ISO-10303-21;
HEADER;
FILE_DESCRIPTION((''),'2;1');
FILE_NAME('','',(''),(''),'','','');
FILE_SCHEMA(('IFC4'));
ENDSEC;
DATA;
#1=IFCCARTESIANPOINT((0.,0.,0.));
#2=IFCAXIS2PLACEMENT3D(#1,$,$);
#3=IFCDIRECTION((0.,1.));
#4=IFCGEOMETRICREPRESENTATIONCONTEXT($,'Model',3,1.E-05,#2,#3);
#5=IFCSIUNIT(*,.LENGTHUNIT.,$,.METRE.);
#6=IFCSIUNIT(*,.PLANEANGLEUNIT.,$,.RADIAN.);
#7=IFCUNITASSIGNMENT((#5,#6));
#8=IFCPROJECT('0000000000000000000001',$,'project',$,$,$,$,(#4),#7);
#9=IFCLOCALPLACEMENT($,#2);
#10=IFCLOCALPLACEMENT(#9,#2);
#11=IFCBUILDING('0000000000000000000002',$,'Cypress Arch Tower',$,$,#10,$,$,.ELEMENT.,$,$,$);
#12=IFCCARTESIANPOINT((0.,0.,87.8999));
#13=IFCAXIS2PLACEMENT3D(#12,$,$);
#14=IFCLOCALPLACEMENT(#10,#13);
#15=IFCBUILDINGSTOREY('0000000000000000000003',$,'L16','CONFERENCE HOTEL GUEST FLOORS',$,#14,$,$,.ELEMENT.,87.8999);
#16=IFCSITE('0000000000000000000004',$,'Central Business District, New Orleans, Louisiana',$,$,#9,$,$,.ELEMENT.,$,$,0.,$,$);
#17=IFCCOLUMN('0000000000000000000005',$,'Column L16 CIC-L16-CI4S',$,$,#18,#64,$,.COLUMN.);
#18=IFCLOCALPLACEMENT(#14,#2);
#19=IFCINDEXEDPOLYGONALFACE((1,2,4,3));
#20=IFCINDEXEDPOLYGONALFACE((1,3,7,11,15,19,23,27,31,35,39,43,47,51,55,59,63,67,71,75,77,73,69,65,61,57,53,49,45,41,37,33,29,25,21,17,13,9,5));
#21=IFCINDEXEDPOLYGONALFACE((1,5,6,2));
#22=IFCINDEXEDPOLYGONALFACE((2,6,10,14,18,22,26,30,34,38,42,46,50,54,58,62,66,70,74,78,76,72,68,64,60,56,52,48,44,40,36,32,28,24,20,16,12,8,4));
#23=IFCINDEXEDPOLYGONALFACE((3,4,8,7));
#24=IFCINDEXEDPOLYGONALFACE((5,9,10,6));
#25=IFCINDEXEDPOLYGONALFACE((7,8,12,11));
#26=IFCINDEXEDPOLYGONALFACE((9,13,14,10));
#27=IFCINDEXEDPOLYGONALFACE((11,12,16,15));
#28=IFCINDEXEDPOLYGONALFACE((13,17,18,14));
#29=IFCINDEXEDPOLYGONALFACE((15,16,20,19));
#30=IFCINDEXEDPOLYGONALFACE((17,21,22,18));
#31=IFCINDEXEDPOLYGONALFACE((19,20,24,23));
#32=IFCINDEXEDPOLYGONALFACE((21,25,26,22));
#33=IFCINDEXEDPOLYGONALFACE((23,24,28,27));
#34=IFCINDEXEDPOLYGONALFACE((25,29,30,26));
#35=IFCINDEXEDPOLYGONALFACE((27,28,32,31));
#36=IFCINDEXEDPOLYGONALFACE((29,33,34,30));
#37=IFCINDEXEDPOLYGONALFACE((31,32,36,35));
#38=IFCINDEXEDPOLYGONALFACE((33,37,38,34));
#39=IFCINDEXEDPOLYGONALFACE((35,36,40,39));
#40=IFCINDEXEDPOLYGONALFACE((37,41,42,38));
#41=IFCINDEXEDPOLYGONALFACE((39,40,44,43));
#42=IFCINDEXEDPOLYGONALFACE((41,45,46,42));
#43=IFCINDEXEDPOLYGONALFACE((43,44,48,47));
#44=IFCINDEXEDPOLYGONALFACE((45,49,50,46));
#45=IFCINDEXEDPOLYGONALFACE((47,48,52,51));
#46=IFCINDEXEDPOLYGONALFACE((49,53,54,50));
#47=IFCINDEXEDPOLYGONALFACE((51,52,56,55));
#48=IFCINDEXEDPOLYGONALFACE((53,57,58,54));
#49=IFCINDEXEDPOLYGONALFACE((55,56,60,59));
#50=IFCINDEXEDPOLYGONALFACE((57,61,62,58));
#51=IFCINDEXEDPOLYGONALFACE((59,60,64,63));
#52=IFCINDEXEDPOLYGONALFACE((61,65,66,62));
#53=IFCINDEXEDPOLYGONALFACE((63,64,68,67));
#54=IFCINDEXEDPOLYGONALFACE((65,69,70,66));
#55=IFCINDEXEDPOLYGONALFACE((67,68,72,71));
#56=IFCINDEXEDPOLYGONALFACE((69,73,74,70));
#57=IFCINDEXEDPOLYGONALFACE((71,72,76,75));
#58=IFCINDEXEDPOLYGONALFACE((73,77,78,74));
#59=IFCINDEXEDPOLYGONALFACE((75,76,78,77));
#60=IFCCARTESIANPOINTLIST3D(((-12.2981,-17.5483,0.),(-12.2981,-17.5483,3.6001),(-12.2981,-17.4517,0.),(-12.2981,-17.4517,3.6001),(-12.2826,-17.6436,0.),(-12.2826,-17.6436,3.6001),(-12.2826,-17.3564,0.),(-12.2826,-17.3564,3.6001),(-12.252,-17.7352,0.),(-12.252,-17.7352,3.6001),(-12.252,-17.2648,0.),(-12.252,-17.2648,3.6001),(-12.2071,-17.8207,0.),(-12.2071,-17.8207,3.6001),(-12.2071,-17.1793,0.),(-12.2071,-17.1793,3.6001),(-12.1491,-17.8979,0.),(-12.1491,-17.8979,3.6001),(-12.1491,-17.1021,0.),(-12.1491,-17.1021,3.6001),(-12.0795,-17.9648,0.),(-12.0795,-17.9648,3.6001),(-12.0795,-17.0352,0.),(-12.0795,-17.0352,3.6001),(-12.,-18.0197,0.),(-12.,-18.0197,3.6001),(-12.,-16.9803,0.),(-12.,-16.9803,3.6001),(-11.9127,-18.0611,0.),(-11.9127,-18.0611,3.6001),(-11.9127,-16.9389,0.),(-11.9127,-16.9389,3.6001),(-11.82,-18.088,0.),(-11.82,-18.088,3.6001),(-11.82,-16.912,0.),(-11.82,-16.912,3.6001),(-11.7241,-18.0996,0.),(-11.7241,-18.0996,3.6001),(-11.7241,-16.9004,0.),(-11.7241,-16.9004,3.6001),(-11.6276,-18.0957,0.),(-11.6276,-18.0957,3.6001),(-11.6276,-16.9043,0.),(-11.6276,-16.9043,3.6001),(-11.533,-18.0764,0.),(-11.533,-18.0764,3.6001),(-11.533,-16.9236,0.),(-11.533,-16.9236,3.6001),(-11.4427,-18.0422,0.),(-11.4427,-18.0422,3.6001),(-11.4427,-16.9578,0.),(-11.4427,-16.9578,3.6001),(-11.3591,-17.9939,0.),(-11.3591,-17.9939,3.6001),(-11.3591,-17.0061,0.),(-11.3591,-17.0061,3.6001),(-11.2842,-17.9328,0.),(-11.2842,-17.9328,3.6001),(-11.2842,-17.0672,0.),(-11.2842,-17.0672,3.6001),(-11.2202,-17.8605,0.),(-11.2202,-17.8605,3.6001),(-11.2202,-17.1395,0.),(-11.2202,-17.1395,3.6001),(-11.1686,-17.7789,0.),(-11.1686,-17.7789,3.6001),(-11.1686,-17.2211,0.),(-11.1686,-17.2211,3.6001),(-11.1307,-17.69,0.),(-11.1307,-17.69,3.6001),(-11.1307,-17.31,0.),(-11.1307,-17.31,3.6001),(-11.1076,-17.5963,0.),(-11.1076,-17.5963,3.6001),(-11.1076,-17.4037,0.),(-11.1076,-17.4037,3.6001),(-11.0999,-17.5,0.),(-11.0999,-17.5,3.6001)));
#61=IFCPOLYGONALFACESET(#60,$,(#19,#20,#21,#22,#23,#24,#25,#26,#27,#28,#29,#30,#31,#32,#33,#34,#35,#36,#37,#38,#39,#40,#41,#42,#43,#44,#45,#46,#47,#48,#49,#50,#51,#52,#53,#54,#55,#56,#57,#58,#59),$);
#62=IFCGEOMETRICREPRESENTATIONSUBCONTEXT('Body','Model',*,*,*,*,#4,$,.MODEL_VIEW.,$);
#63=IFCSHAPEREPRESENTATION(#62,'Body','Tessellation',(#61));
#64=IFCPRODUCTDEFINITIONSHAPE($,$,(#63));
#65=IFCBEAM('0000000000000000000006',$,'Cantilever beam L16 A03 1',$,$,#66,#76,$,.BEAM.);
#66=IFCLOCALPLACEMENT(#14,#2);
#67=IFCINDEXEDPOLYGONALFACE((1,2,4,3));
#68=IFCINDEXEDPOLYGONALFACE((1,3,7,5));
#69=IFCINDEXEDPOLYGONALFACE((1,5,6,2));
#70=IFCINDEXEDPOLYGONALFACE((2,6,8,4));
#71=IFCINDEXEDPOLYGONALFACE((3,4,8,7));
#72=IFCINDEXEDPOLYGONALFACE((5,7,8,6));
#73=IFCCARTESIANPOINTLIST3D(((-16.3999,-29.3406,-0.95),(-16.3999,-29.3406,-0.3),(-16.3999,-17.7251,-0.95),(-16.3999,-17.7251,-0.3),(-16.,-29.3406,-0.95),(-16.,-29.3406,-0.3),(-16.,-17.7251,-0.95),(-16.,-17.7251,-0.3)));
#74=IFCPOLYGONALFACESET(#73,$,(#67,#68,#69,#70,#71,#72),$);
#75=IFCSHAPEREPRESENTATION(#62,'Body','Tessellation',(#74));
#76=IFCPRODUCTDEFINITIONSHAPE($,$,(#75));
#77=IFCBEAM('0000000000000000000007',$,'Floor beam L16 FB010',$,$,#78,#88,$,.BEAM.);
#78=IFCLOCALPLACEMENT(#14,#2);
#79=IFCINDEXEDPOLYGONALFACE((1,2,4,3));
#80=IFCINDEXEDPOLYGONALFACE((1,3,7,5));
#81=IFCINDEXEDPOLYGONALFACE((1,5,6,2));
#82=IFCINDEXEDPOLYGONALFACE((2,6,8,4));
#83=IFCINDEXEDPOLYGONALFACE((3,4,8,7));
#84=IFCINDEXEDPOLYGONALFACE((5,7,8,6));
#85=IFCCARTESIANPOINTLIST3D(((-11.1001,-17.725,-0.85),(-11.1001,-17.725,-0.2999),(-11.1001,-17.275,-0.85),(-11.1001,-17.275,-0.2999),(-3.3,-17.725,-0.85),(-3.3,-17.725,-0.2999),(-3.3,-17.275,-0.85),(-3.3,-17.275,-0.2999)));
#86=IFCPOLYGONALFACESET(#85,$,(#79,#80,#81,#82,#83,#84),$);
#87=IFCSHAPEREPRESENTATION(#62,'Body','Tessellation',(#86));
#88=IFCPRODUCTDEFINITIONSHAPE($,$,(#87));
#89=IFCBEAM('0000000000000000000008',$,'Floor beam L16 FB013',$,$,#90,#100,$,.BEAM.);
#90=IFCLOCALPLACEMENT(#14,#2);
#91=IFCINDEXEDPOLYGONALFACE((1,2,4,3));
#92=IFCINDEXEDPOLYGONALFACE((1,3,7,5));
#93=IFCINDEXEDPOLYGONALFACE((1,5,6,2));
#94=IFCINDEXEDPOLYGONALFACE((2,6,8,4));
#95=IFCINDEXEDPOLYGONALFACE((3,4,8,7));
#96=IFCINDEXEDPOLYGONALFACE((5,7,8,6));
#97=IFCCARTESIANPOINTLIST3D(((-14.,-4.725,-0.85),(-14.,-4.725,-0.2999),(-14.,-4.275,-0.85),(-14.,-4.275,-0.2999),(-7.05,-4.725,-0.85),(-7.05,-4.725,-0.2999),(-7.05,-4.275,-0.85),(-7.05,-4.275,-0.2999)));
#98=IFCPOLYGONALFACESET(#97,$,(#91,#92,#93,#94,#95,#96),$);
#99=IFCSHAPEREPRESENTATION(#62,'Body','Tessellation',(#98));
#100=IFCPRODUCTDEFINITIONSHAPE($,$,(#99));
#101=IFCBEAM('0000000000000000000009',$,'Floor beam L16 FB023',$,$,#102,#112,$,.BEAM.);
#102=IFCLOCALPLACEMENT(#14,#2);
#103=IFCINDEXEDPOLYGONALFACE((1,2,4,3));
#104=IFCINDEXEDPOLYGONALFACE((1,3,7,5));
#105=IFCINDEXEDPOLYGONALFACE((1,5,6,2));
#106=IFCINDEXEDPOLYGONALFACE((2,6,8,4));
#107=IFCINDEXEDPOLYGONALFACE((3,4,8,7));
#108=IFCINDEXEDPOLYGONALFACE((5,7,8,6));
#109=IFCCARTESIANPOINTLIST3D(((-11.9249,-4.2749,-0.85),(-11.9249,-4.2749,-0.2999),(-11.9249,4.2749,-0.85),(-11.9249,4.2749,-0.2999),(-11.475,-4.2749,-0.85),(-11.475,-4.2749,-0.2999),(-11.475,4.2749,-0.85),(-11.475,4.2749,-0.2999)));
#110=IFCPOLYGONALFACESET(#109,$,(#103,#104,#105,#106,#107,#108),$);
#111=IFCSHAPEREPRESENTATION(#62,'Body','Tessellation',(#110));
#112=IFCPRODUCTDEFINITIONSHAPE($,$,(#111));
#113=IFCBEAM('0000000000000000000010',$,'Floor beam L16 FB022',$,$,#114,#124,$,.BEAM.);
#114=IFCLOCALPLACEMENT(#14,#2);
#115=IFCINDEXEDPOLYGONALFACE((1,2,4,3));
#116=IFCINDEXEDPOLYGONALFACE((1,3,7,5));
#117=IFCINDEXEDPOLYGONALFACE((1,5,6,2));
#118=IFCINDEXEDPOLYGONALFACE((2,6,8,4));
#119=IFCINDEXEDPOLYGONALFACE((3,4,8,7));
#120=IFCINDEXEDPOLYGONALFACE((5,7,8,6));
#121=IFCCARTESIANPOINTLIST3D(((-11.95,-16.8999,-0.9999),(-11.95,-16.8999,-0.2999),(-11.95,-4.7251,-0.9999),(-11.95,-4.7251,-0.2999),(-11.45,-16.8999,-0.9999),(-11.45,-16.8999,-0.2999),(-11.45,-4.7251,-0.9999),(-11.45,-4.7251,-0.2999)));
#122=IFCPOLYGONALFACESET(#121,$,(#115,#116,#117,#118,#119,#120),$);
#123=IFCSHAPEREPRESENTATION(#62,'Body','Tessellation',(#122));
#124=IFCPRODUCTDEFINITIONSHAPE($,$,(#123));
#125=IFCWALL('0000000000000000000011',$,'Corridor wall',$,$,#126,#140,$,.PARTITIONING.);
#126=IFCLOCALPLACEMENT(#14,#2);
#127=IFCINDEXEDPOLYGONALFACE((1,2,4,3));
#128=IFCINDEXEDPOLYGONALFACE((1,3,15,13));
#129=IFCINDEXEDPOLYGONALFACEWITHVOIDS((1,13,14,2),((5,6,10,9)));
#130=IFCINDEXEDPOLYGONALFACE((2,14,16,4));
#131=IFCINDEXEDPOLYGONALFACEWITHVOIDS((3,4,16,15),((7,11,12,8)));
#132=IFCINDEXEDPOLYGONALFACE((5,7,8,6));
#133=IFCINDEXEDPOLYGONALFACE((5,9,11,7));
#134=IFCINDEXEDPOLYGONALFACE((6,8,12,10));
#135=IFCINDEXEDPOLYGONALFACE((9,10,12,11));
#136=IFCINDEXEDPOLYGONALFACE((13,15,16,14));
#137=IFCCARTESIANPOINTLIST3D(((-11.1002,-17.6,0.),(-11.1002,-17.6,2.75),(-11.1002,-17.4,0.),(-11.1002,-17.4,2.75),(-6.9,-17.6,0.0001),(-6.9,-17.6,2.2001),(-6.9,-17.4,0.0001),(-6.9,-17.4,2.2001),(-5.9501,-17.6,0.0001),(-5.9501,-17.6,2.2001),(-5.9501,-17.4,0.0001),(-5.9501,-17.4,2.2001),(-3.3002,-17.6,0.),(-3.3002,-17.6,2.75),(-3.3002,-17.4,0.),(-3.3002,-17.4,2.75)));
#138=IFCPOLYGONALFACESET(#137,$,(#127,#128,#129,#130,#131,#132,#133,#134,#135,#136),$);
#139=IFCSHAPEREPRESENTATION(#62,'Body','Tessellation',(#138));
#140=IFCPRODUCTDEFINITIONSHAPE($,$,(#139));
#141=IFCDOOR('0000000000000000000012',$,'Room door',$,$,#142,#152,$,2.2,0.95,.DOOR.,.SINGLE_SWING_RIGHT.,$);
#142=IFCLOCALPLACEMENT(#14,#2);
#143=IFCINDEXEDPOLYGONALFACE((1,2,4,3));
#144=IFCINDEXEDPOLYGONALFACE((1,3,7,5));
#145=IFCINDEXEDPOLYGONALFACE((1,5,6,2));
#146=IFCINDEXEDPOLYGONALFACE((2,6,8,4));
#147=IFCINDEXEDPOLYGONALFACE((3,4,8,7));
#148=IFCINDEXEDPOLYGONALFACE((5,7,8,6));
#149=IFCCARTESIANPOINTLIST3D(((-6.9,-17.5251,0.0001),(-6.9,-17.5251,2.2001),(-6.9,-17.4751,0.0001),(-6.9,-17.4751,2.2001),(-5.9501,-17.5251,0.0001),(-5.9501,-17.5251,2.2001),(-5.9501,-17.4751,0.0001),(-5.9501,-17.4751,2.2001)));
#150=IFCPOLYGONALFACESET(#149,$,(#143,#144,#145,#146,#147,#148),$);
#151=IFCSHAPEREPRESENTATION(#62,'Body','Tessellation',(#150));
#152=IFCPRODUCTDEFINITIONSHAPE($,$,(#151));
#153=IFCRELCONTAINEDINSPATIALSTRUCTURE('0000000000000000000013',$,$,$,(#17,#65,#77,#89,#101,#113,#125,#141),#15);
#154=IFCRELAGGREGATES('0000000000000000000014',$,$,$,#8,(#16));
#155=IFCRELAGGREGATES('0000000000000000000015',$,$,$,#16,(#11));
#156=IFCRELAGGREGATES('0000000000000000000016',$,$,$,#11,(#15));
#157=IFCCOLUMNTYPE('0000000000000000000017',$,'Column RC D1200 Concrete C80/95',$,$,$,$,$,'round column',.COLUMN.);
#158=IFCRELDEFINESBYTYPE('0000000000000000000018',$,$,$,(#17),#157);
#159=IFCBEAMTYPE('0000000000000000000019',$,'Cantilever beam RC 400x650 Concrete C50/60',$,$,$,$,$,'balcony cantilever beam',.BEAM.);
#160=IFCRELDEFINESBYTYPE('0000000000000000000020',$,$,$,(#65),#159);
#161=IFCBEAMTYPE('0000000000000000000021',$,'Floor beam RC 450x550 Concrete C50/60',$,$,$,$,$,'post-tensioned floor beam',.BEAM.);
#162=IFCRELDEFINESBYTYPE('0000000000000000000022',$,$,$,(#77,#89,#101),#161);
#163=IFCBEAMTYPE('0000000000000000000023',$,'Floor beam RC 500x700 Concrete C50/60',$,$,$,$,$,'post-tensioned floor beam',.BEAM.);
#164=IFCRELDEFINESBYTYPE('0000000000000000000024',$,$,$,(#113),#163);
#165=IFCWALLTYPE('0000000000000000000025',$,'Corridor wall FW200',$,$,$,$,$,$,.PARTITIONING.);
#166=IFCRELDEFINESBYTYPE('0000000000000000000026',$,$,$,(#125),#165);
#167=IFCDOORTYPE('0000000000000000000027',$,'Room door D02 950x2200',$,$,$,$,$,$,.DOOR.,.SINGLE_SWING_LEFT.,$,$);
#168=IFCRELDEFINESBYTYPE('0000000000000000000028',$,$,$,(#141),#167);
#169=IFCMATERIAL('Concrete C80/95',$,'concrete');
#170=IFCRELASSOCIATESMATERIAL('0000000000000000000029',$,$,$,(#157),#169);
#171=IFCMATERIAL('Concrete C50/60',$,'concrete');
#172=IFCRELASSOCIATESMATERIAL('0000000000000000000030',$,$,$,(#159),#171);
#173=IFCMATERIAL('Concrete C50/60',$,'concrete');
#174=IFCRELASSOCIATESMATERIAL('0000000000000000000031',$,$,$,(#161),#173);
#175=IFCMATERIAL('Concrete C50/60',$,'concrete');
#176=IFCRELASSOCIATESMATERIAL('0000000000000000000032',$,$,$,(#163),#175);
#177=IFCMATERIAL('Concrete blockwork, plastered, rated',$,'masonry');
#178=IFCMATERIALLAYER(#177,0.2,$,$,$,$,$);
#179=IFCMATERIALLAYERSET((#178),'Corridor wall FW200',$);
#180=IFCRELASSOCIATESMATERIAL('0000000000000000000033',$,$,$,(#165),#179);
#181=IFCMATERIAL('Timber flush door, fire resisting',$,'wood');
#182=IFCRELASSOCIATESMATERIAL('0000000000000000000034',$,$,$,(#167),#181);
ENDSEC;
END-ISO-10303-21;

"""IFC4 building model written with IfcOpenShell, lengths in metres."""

from ifc_helpers import new_model, si_unit, direction, frame, frame_2d, origin, origin_2d, place, context, subcontext, project, spatial, rectangle, circle, extrude, material, layer, layer_set, material_profile, profile_set, type_object, element, fill, save


model = new_model("IFC4")

# Units and contexts
model_context = context("Model", 3, precision=1e-05, world=origin(), true_north=direction((0.0, 1.0)))
body_context = subcontext(model_context, "Body", "Model", "MODEL_VIEW")
ifc_project = project(units=[si_unit("LENGTHUNIT", "METRE"), si_unit("PLANEANGLEUNIT", "RADIAN")], contexts=[model_context])

# Site, building, storey
site_placement = place(None, origin())
site = spatial("IfcSite", under=ifc_project, at=site_placement, Name="Central Business District, New Orleans, Louisiana", CompositionType="ELEMENT", RefElevation=0.0)
building_placement = place(site_placement, origin())
building = spatial("IfcBuilding", under=site, at=building_placement, Name="Cypress Arch Tower", CompositionType="ELEMENT")
storey_placement = place(building_placement, frame((0.0, 0.0, 87.8999)))
storey = spatial("IfcBuildingStorey", under=building, at=storey_placement, Name="L16", Description="CONFERENCE HOTEL GUEST FLOORS", CompositionType="ELEMENT", Elevation=87.8999)

# Column
ifc_material_1 = material(Name="Concrete C80/95", Category="concrete")
ifc_material_profile_1 = material_profile(ifc_material_1, circle(Radius=0.6001, at=origin_2d()), Name="RC D1200")
ifc_profile_set_1 = profile_set([ifc_material_profile_1], Name="Concrete C80/95")
column_type = type_object("IfcColumnType", Name="Column RC D1200 Concrete C80/95", ElementType="round column", PredefinedType="COLUMN", material=ifc_profile_set_1)
column_placement = place(storey_placement, frame((-11.7, -17.5, 0.0), z_axis=(0.0, 0.0, 1.0), x_axis=(1.0, 0.0, 0.0)))
element("IfcColumn", 1, at=column_placement, inside=storey, type_object=column_type, Name="Column L16 CIC-L16-CI4S", PredefinedType="COLUMN", context=body_context, shape_type="SweptSolid", body=[
    extrude(circle(Radius=0.6001, at=origin_2d()), origin(), (0.0, 0.0, 1.0), 3.6001),
])

# Beams
ifc_material_2 = material(Name="Concrete C50/60", Category="concrete")
ifc_material_profile_2 = material_profile(ifc_material_2, rectangle(XDim=0.3999, YDim=0.6499, at=origin_2d()), Name="RC 400x650")
ifc_profile_set_2 = profile_set([ifc_material_profile_2], Name="Concrete C50/60")
beam_type_1 = type_object("IfcBeamType", Name="Cantilever beam RC 400x650 Concrete C50/60", ElementType="balcony cantilever beam", PredefinedType="BEAM", material=ifc_profile_set_2)
beam_1_placement = place(storey_placement, frame((-16.2, -17.7251, -0.625), z_axis=(0.0, -1.0, 0.0), x_axis=(1.0, 0.0, 0.0)))
element("IfcBeam", 2, at=beam_1_placement, inside=storey, type_object=beam_type_1, Name="Cantilever beam L16 A03 1", PredefinedType="BEAM", context=body_context, shape_type="SweptSolid", body=[
    extrude(rectangle(XDim=0.3999, YDim=0.6499, at=origin_2d()), origin(), (0.0, 0.0, 1.0), 11.6155),
])
ifc_material_3 = material(Name="Concrete C50/60", Category="concrete")
ifc_material_profile_3 = material_profile(ifc_material_3, rectangle(XDim=0.45, YDim=0.55, at=origin_2d()), Name="RC 450x550")
ifc_profile_set_3 = profile_set([ifc_material_profile_3], Name="Concrete C50/60")
beam_type_2 = type_object("IfcBeamType", Name="Floor beam RC 450x550 Concrete C50/60", ElementType="post-tensioned floor beam", PredefinedType="BEAM", material=ifc_profile_set_3)
beam_2_placement = place(storey_placement, frame((-11.1001, -17.5, -0.575), z_axis=(1.0, 0.0, 0.0), x_axis=(0.0, 1.0, 0.0)))
element("IfcBeam", 3, at=beam_2_placement, inside=storey, type_object=beam_type_2, Name="Floor beam L16 FB010", PredefinedType="BEAM", context=body_context, shape_type="SweptSolid", body=[
    extrude(rectangle(XDim=0.45, YDim=0.55, at=origin_2d()), origin(), (0.0, 0.0, 1.0), 7.8),
])
beam_3_placement = place(storey_placement, frame((-14.0, -4.5, -0.575), z_axis=(1.0, 0.0, 0.0), x_axis=(0.0, 1.0, 0.0)))
element("IfcBeam", 4, at=beam_3_placement, inside=storey, type_object=beam_type_2, Name="Floor beam L16 FB013", PredefinedType="BEAM", context=body_context, shape_type="SweptSolid", body=[
    extrude(rectangle(XDim=0.45, YDim=0.55, at=origin_2d()), origin(), (0.0, 0.0, 1.0), 6.95),
])
beam_4_placement = place(storey_placement, frame((-11.7, -4.2749, -0.575), z_axis=(0.0, 1.0, 0.0), x_axis=(-1.0, 0.0, 0.0)))
element("IfcBeam", 5, at=beam_4_placement, inside=storey, type_object=beam_type_2, Name="Floor beam L16 FB023", PredefinedType="BEAM", context=body_context, shape_type="SweptSolid", body=[
    extrude(rectangle(XDim=0.45, YDim=0.55, at=origin_2d()), origin(), (0.0, 0.0, 1.0), 8.5498),
])
ifc_material_4 = material(Name="Concrete C50/60", Category="concrete")
ifc_material_profile_4 = material_profile(ifc_material_4, rectangle(XDim=0.5, YDim=0.7, at=origin_2d()), Name="RC 500x700")
ifc_profile_set_4 = profile_set([ifc_material_profile_4], Name="Concrete C50/60")
beam_type_3 = type_object("IfcBeamType", Name="Floor beam RC 500x700 Concrete C50/60", ElementType="post-tensioned floor beam", PredefinedType="BEAM", material=ifc_profile_set_4)
beam_5_placement = place(storey_placement, frame((-11.7, -16.8999, -0.6499), z_axis=(0.0, 1.0, 0.0), x_axis=(-1.0, 0.0, 0.0)))
element("IfcBeam", 6, at=beam_5_placement, inside=storey, type_object=beam_type_3, Name="Floor beam L16 FB022", PredefinedType="BEAM", context=body_context, shape_type="SweptSolid", body=[
    extrude(rectangle(XDim=0.5, YDim=0.7, at=origin_2d()), origin(), (0.0, 0.0, 1.0), 12.1748),
])

# Wall, opening, door
ifc_material_5 = material(Name="Concrete blockwork, plastered, rated", Category="masonry")
ifc_layer_1 = layer(ifc_material_5, 0.2)
ifc_layer_set_1 = layer_set([ifc_layer_1], Name="Corridor wall FW200")
wall_type_1 = type_object("IfcWallType", Name="Corridor wall FW200", PredefinedType="PARTITIONING", material=ifc_layer_set_1)
wall_1_placement = place(storey_placement, frame((-11.1001, -17.5, 0.0), z_axis=(0.0, 0.0, 1.0), x_axis=(1.0, 0.0, 0.0)))
wall_1 = element("IfcWall", 7, at=wall_1_placement, inside=storey, type_object=wall_type_1, Name="Corridor wall", PredefinedType="PARTITIONING", context=body_context, shape_type="SweptSolid", body=[
    extrude(rectangle(XDim=7.8, YDim=0.2, at=frame_2d((3.8999, 0.0))), origin(), (0.0, 0.0, 1.0), 2.75),
])
opening_1_placement = place(wall_1_placement, frame((4.2, 0.0, 0.0)))
opening_1 = element("IfcOpeningElement", 8, at=opening_1_placement, cuts=wall_1, PredefinedType="OPENING", context=body_context, shape_type="SweptSolid", body=[
    extrude(rectangle(XDim=0.95, YDim=2.2, at=frame_2d((0.4751, 1.1001))), frame((0.0, 0.1099, 0.0), z_axis=(0.0, -1.0, 0.0), x_axis=(1.0, 0.0, 0.0)), (0.0, 0.0, 1.0), 0.22),
])
ifc_material_6 = material(Name="Timber flush door, fire resisting", Category="wood")
door_type_1 = type_object("IfcDoorType", Name="Room door D02 950x2200", OperationType="SINGLE_SWING_LEFT", PredefinedType="DOOR", material=ifc_material_6)
door_1_placement = place(opening_1_placement, origin())
door_1 = element("IfcDoor", 9, at=door_1_placement, inside=storey, type_object=door_type_1, Name="Room door", OperationType="SINGLE_SWING_RIGHT", OverallHeight=2.2, OverallWidth=0.95, PredefinedType="DOOR", context=body_context, shape_type="SweptSolid", body=[
    extrude(rectangle(XDim=0.95, YDim=2.2, at=frame_2d((0.4751, 1.1001))), frame((0.0, 0.0249, 0.0), z_axis=(0.0, -1.0, 0.0), x_axis=(1.0, 0.0, 0.0)), (0.0, 0.0, 1.0), 0.05),
])
fill(opening_1, door_1)

save(model, "model.ifc")
